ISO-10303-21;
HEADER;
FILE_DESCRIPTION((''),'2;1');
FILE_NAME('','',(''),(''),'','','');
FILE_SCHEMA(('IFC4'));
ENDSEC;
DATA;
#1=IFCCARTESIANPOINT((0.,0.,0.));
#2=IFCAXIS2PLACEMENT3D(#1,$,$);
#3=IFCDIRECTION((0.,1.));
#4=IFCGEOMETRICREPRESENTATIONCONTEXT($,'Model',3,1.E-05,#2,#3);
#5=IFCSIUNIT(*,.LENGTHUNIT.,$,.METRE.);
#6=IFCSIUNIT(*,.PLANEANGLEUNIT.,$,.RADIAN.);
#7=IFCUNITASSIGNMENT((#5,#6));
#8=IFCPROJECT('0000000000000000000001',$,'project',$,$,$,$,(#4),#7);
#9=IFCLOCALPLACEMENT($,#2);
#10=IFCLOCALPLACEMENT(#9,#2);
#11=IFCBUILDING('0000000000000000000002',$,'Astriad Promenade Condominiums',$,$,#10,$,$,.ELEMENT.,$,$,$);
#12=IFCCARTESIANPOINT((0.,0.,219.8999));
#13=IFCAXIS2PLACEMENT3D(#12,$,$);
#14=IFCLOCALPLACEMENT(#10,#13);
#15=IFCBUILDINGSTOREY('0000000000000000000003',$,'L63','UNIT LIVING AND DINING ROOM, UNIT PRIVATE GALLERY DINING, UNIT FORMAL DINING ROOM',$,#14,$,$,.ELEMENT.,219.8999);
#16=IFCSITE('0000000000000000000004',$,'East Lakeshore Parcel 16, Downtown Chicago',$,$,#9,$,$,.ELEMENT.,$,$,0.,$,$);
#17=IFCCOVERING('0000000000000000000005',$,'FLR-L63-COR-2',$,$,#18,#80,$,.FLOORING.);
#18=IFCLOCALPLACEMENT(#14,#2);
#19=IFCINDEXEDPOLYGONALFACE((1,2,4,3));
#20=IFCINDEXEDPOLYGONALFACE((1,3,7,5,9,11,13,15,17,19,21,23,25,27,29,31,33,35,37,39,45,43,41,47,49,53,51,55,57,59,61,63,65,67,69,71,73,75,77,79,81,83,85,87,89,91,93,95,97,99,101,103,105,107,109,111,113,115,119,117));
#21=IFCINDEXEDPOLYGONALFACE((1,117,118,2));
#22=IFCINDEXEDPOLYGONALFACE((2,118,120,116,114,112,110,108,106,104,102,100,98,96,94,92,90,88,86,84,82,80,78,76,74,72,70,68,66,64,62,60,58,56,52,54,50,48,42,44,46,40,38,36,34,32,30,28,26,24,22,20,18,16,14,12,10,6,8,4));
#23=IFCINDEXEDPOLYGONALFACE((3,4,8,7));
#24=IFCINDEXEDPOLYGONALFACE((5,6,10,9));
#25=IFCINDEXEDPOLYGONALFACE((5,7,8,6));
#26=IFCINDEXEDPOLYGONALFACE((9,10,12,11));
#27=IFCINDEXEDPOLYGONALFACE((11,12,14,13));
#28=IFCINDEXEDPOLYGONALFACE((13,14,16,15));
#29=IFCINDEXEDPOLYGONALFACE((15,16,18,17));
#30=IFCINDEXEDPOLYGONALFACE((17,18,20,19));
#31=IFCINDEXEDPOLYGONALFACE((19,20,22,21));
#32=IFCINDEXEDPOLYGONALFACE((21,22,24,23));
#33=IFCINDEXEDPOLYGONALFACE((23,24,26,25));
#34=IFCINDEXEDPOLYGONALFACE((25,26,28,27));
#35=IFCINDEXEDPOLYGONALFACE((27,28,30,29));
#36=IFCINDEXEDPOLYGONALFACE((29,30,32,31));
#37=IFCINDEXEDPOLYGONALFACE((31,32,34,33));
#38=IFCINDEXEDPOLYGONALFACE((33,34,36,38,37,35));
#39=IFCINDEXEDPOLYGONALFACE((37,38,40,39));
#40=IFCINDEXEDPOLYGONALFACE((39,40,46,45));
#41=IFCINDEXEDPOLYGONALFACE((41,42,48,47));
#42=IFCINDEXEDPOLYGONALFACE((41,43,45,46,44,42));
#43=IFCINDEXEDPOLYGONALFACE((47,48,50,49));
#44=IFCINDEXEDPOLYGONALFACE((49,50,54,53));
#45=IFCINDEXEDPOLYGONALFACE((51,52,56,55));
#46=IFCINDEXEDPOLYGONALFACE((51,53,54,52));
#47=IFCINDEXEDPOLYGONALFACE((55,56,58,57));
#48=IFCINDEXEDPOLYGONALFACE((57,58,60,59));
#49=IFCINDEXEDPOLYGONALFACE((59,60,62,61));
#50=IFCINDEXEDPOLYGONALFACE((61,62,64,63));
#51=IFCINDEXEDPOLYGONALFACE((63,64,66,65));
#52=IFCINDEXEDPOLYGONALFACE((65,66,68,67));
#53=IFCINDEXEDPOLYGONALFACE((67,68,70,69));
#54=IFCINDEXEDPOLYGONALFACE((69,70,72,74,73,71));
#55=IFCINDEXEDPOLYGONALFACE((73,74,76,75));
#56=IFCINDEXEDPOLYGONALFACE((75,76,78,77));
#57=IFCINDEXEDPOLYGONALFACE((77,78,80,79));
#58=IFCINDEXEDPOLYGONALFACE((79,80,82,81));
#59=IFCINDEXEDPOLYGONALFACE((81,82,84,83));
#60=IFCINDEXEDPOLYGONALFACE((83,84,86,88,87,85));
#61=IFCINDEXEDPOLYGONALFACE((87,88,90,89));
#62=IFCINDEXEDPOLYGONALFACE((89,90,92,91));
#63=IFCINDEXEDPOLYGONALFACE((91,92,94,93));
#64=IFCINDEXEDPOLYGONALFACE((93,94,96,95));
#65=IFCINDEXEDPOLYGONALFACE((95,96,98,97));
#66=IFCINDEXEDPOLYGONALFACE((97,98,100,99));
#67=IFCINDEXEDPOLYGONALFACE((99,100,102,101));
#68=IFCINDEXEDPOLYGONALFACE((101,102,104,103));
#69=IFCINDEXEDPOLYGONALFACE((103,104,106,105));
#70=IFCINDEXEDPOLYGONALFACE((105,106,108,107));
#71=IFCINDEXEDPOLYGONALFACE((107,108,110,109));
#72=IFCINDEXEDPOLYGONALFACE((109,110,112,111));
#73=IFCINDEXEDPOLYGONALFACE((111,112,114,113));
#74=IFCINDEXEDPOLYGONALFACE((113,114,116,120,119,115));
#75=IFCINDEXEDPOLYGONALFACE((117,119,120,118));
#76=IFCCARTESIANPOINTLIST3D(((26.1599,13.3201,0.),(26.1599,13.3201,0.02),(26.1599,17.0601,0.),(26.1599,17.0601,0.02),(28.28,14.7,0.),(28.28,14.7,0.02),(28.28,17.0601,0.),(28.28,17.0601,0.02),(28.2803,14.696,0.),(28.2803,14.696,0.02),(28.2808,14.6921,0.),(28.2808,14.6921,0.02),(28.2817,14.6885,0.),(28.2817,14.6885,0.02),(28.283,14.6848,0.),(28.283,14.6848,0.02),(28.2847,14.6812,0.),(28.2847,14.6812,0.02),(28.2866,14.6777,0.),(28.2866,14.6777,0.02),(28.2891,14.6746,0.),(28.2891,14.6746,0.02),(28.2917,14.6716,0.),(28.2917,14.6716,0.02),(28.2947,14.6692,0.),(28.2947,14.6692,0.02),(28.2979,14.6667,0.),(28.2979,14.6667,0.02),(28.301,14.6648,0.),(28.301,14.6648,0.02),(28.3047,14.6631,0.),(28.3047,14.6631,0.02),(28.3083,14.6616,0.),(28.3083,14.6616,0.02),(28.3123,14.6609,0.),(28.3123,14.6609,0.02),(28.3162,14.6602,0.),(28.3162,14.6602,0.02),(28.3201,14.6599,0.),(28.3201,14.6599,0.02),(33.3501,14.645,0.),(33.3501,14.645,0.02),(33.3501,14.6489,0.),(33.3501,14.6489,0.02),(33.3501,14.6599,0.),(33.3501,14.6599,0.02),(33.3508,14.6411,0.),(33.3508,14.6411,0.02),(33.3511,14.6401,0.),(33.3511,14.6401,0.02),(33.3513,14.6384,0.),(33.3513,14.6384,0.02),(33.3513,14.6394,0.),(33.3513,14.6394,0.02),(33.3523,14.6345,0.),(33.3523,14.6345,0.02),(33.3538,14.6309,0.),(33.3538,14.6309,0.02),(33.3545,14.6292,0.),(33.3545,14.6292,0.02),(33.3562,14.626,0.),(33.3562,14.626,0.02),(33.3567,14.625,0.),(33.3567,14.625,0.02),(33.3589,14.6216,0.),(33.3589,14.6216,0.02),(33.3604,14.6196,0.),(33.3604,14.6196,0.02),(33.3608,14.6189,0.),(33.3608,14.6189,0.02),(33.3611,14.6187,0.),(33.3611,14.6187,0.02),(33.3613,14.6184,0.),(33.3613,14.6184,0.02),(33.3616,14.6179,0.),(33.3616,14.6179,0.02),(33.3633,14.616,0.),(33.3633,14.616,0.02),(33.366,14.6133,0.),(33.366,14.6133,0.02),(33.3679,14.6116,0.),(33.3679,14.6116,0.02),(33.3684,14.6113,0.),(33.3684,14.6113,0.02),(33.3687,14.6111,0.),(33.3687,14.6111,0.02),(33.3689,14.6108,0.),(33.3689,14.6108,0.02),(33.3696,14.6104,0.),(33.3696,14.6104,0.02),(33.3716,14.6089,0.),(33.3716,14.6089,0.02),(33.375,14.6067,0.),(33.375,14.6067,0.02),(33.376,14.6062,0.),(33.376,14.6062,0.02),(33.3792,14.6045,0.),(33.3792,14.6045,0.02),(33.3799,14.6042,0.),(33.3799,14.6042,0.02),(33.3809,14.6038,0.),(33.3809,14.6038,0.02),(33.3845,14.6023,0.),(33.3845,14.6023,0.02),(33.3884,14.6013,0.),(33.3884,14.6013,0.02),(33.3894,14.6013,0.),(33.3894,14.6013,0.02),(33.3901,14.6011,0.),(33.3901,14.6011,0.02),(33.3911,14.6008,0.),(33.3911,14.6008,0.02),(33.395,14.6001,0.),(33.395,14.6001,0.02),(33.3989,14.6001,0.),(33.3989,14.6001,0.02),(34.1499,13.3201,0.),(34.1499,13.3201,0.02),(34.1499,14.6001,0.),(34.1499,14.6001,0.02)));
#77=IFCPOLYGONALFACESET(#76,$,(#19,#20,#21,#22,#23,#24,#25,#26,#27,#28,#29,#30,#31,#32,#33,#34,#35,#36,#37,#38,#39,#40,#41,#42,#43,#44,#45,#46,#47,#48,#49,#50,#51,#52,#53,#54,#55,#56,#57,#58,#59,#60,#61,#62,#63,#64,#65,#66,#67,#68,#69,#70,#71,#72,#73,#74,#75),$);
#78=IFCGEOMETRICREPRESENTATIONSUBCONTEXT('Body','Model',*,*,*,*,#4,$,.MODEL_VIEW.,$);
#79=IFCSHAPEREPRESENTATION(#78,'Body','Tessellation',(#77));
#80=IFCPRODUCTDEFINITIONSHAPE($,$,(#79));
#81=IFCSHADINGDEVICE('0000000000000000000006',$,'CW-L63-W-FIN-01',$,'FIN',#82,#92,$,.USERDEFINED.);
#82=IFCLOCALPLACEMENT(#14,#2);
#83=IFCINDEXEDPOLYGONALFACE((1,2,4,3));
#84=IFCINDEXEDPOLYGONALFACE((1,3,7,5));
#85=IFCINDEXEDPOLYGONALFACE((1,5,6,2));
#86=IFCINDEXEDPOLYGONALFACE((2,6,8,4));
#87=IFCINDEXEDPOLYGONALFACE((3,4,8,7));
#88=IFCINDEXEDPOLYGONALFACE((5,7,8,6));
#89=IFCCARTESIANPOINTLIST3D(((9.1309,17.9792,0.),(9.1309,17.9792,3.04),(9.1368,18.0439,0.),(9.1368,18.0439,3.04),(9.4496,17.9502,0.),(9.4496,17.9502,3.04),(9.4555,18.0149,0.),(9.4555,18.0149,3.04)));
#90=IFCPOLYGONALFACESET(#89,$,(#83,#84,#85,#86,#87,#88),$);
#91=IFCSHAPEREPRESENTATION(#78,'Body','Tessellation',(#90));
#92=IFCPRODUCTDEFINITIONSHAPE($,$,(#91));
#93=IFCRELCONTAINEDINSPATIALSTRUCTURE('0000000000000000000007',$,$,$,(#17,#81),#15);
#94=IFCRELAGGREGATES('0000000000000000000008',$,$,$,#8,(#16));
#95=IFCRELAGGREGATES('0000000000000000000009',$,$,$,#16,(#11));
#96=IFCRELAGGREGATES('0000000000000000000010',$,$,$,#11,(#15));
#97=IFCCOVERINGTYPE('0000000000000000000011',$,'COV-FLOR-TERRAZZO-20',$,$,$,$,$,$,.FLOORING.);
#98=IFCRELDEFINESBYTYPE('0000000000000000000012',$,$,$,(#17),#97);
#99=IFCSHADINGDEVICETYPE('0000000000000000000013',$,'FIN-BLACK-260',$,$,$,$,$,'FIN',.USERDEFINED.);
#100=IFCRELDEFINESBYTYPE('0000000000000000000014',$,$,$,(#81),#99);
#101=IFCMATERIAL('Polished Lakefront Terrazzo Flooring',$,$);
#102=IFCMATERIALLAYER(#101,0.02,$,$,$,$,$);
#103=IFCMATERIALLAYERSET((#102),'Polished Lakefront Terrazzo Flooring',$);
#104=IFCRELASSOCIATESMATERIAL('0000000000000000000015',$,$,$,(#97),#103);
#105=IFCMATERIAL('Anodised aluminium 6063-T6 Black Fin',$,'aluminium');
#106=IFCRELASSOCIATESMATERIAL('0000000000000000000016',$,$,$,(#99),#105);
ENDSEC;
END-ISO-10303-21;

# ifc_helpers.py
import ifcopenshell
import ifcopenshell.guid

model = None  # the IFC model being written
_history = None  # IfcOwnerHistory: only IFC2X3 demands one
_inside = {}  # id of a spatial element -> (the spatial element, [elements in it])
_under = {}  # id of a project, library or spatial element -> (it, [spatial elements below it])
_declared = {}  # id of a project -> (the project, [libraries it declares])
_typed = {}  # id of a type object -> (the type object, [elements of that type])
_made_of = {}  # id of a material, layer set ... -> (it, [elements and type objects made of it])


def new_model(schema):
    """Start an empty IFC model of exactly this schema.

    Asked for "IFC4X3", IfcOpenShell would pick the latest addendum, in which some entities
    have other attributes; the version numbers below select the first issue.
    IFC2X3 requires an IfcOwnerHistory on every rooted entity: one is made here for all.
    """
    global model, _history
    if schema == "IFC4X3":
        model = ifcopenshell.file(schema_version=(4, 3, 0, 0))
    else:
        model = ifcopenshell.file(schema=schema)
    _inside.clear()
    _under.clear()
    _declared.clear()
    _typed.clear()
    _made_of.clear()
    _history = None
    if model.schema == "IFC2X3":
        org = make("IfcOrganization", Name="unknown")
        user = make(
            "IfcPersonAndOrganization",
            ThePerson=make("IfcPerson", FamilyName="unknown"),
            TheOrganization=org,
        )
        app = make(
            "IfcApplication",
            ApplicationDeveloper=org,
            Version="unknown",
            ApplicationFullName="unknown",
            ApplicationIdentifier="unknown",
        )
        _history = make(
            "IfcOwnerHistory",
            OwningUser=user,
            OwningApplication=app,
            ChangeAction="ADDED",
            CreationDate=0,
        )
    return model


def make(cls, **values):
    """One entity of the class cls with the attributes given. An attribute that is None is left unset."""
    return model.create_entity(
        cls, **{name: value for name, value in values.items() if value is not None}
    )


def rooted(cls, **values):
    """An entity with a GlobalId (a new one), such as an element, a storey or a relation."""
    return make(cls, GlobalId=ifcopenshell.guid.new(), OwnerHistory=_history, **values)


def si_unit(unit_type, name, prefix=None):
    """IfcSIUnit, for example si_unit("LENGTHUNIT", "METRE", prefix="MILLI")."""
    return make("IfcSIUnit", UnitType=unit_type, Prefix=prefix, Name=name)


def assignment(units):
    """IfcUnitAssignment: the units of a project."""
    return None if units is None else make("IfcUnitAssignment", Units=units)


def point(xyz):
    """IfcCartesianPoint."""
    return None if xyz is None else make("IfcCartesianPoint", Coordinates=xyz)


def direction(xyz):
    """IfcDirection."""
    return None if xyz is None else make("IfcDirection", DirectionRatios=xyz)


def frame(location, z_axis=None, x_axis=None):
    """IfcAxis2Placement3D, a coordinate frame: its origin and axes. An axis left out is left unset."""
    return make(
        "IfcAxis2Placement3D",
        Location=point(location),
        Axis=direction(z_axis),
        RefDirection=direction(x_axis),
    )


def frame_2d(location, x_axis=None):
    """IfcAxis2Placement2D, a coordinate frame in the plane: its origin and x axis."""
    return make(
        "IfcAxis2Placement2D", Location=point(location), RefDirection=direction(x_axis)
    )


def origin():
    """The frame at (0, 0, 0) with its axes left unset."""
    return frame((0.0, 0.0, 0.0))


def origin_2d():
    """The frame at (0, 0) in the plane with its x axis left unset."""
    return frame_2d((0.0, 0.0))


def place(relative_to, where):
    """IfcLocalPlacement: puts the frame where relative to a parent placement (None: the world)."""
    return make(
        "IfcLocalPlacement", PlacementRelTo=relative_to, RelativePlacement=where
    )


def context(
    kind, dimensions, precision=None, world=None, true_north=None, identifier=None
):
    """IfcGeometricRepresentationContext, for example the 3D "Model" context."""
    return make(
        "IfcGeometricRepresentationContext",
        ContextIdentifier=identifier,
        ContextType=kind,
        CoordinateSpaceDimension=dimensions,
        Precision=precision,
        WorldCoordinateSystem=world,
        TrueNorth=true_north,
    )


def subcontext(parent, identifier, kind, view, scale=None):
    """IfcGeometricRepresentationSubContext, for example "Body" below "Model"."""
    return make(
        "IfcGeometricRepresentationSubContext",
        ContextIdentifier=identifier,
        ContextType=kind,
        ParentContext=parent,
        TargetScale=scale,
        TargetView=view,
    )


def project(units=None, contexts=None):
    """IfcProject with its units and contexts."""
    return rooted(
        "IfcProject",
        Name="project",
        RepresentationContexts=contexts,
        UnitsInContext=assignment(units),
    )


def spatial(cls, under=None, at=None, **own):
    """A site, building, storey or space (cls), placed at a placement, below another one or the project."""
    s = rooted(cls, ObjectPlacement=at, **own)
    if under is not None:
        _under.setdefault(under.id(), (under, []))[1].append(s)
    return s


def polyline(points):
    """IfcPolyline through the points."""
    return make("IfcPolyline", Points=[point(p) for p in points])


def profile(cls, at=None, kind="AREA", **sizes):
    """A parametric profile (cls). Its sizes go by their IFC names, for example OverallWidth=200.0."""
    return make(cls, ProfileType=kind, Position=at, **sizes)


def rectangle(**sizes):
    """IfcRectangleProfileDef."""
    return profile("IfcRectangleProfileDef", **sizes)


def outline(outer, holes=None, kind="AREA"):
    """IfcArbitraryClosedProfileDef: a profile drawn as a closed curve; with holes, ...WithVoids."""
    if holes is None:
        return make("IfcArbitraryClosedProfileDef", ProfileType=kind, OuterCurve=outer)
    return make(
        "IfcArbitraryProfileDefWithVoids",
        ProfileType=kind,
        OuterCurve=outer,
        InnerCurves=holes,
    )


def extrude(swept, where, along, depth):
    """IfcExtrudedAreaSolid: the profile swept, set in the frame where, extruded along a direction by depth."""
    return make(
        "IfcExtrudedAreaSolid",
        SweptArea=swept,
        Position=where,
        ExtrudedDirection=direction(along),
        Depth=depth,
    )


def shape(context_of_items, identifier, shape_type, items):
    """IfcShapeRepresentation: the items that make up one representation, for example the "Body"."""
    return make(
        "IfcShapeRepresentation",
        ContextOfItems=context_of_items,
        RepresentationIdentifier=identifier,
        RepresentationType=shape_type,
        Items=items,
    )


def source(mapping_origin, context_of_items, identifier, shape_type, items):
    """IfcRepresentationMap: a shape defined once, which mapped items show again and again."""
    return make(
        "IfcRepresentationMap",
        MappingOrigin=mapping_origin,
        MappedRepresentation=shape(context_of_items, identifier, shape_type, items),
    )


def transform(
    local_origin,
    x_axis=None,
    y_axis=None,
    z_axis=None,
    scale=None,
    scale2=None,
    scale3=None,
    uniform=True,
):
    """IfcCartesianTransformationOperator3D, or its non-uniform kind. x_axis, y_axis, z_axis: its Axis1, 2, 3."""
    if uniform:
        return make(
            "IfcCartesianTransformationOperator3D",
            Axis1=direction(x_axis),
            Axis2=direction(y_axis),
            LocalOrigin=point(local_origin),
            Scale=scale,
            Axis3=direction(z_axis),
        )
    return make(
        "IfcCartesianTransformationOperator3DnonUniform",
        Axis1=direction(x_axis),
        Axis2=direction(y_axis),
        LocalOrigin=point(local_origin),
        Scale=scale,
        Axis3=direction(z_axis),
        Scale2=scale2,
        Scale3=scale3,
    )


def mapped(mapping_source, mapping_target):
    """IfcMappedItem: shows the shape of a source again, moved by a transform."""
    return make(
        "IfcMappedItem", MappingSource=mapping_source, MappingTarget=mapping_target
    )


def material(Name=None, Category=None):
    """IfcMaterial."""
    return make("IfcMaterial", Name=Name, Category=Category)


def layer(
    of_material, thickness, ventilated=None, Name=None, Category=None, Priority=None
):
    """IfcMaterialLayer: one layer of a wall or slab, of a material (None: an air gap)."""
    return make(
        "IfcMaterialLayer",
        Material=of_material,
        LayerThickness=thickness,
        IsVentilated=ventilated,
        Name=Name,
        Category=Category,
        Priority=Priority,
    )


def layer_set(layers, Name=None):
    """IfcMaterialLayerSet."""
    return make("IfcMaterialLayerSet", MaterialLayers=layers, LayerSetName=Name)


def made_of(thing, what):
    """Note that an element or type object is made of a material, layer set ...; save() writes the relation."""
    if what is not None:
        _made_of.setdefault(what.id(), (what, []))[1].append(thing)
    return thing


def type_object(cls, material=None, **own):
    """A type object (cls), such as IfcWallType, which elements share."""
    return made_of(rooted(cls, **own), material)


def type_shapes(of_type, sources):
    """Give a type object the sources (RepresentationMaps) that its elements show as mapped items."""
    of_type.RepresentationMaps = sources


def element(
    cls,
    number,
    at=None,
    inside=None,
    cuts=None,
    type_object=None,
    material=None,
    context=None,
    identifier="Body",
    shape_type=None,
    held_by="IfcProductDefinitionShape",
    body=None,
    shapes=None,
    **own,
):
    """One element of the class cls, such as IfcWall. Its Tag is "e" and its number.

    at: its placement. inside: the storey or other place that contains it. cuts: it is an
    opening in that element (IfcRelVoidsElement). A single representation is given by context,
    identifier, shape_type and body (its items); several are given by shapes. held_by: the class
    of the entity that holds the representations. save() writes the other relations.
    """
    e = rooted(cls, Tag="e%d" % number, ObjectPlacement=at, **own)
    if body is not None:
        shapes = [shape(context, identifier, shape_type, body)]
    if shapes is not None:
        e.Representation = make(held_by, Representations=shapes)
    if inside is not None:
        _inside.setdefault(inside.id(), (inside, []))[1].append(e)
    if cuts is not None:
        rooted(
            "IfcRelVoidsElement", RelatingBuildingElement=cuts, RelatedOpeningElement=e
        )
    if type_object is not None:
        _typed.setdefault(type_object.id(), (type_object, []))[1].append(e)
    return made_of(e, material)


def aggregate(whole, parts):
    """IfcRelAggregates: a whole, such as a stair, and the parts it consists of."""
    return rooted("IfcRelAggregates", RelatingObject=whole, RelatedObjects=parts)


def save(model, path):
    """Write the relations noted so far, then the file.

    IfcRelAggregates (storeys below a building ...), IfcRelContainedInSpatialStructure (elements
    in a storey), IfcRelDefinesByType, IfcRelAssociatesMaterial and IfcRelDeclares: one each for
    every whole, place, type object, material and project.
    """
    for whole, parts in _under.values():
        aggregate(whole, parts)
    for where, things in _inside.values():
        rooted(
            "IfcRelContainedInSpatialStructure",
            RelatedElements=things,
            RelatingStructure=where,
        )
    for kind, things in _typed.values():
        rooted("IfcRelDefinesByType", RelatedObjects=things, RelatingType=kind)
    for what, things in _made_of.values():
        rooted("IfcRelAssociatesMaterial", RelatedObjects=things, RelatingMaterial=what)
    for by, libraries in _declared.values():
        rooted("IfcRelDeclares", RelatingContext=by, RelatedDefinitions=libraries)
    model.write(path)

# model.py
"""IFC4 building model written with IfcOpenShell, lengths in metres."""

from ifc_helpers import new_model, si_unit, direction, frame, origin, origin_2d, place, context, subcontext, project, spatial, polyline, rectangle, outline, extrude, source, transform, mapped, material, layer, layer_set, type_object, type_shapes, element, save


model = new_model("IFC4")

# Units and contexts
model_context = context("Model", 3, precision=1e-05, world=origin(), true_north=direction((0.0, 1.0)))
body_context = subcontext(model_context, "Body", "Model", "MODEL_VIEW")
ifc_project = project(units=[si_unit("LENGTHUNIT", "METRE"), si_unit("PLANEANGLEUNIT", "RADIAN")], contexts=[model_context])

# Site, building, storey
site_placement = place(None, origin())
site = spatial("IfcSite", under=ifc_project, at=site_placement, Name="East Lakeshore Parcel 16, Downtown Chicago", CompositionType="ELEMENT", RefElevation=0.0)
building_placement = place(site_placement, origin())
building = spatial("IfcBuilding", under=site, at=building_placement, Name="Astriad Promenade Condominiums", CompositionType="ELEMENT")
storey_placement = place(building_placement, frame((0.0, 0.0, 219.8999)))
storey = spatial("IfcBuildingStorey", under=building, at=storey_placement, Name="L63", Description="UNIT LIVING AND DINING ROOM, UNIT PRIVATE GALLERY DINING, UNIT FORMAL DINING ROOM", CompositionType="ELEMENT", Elevation=219.8999)

# Covering
ifc_material_1 = material(Name="Polished Lakefront Terrazzo Flooring")
ifc_layer_1 = layer(ifc_material_1, 0.02)
ifc_layer_set_1 = layer_set([ifc_layer_1], Name="Polished Lakefront Terrazzo Flooring")
covering_type = type_object("IfcCoveringType", Name="COV-FLOR-TERRAZZO-20", PredefinedType="FLOORING", material=ifc_layer_set_1)
covering_1_placement = place(storey_placement, origin())
element("IfcCovering", 1, at=covering_1_placement, inside=storey, type_object=covering_type, Name="FLR-L63-COR-2", PredefinedType="FLOORING", context=body_context, shape_type="SweptSolid", body=[
    extrude(outline(polyline([(26.1599, 13.3201), (26.1599, 17.0601), (28.28, 17.0601), (28.28, 14.7), (28.2803, 14.696), (28.2808, 14.6921), (28.2817, 14.6885), (28.283, 14.6848), (28.2847, 14.6812), (28.2866, 14.6777), (28.2891, 14.6746), (28.2917, 14.6716), (28.2947, 14.6692), (28.2979, 14.6667), (28.301, 14.6648), (28.3047, 14.6631), (28.3083, 14.6616), (28.3123, 14.6609), (28.3162, 14.6602), (28.3201, 14.6599), (33.3501, 14.6599), (33.3501, 14.6489), (33.3501, 14.645), (33.3508, 14.6411), (33.3511, 14.6401), (33.3513, 14.6394), (33.3513, 14.6384), (33.3523, 14.6345), (33.3538, 14.6309), (33.3545, 14.6292), (33.3562, 14.626), (33.3567, 14.625), (33.3589, 14.6216), (33.3604, 14.6196), (33.3608, 14.6189), (33.3611, 14.6187), (33.3613, 14.6184), (33.3616, 14.6179), (33.3633, 14.616), (33.366, 14.6133), (33.3679, 14.6116), (33.3684, 14.6113), (33.3687, 14.6111), (33.3689, 14.6108), (33.3696, 14.6104), (33.3716, 14.6089), (33.375, 14.6067), (33.376, 14.6062), (33.3792, 14.6045), (33.3799, 14.6042), (33.3809, 14.6038), (33.3845, 14.6023), (33.3884, 14.6013), (33.3894, 14.6013), (33.3901, 14.6011), (33.3911, 14.6008), (33.395, 14.6001), (33.3989, 14.6001), (34.1499, 14.6001), (34.1499, 13.3201), (26.1599, 13.3201)])), origin(), (0.0, 0.0, 1.0), 0.02),
])

# Shading device
ifc_material_2 = material(Name="Anodised aluminium 6063-T6 Black Fin", Category="aluminium")
shading_device_type = type_object("IfcShadingDeviceType", Name="FIN-BLACK-260", ElementType="FIN", PredefinedType="USERDEFINED", material=ifc_material_2)
shared_shape_1 = source(origin(), body_context, "Body", "SweptSolid", [
    extrude(rectangle(XDim=0.0649, YDim=0.3201, at=origin_2d()), origin(), (0.0, 0.0, 1.0), 3.04),
])
type_shapes(shading_device_type, [shared_shape_1])
shading_device_placement = place(storey_placement, frame((9.2932, 17.9971, 0.0), z_axis=(0.0, 0.0, 1.0), x_axis=(0.090633, 0.995884, 0.0)))
element("IfcShadingDevice", 2, at=shading_device_placement, inside=storey, type_object=shading_device_type, Name="CW-L63-W-FIN-01", ObjectType="FIN", PredefinedType="USERDEFINED", context=body_context, shape_type="MappedRepresentation", body=[
    mapped(shared_shape_1, transform((0.0, 0.0, 0.0), scale=1.0)),
])

save(model, "model.ifc")
